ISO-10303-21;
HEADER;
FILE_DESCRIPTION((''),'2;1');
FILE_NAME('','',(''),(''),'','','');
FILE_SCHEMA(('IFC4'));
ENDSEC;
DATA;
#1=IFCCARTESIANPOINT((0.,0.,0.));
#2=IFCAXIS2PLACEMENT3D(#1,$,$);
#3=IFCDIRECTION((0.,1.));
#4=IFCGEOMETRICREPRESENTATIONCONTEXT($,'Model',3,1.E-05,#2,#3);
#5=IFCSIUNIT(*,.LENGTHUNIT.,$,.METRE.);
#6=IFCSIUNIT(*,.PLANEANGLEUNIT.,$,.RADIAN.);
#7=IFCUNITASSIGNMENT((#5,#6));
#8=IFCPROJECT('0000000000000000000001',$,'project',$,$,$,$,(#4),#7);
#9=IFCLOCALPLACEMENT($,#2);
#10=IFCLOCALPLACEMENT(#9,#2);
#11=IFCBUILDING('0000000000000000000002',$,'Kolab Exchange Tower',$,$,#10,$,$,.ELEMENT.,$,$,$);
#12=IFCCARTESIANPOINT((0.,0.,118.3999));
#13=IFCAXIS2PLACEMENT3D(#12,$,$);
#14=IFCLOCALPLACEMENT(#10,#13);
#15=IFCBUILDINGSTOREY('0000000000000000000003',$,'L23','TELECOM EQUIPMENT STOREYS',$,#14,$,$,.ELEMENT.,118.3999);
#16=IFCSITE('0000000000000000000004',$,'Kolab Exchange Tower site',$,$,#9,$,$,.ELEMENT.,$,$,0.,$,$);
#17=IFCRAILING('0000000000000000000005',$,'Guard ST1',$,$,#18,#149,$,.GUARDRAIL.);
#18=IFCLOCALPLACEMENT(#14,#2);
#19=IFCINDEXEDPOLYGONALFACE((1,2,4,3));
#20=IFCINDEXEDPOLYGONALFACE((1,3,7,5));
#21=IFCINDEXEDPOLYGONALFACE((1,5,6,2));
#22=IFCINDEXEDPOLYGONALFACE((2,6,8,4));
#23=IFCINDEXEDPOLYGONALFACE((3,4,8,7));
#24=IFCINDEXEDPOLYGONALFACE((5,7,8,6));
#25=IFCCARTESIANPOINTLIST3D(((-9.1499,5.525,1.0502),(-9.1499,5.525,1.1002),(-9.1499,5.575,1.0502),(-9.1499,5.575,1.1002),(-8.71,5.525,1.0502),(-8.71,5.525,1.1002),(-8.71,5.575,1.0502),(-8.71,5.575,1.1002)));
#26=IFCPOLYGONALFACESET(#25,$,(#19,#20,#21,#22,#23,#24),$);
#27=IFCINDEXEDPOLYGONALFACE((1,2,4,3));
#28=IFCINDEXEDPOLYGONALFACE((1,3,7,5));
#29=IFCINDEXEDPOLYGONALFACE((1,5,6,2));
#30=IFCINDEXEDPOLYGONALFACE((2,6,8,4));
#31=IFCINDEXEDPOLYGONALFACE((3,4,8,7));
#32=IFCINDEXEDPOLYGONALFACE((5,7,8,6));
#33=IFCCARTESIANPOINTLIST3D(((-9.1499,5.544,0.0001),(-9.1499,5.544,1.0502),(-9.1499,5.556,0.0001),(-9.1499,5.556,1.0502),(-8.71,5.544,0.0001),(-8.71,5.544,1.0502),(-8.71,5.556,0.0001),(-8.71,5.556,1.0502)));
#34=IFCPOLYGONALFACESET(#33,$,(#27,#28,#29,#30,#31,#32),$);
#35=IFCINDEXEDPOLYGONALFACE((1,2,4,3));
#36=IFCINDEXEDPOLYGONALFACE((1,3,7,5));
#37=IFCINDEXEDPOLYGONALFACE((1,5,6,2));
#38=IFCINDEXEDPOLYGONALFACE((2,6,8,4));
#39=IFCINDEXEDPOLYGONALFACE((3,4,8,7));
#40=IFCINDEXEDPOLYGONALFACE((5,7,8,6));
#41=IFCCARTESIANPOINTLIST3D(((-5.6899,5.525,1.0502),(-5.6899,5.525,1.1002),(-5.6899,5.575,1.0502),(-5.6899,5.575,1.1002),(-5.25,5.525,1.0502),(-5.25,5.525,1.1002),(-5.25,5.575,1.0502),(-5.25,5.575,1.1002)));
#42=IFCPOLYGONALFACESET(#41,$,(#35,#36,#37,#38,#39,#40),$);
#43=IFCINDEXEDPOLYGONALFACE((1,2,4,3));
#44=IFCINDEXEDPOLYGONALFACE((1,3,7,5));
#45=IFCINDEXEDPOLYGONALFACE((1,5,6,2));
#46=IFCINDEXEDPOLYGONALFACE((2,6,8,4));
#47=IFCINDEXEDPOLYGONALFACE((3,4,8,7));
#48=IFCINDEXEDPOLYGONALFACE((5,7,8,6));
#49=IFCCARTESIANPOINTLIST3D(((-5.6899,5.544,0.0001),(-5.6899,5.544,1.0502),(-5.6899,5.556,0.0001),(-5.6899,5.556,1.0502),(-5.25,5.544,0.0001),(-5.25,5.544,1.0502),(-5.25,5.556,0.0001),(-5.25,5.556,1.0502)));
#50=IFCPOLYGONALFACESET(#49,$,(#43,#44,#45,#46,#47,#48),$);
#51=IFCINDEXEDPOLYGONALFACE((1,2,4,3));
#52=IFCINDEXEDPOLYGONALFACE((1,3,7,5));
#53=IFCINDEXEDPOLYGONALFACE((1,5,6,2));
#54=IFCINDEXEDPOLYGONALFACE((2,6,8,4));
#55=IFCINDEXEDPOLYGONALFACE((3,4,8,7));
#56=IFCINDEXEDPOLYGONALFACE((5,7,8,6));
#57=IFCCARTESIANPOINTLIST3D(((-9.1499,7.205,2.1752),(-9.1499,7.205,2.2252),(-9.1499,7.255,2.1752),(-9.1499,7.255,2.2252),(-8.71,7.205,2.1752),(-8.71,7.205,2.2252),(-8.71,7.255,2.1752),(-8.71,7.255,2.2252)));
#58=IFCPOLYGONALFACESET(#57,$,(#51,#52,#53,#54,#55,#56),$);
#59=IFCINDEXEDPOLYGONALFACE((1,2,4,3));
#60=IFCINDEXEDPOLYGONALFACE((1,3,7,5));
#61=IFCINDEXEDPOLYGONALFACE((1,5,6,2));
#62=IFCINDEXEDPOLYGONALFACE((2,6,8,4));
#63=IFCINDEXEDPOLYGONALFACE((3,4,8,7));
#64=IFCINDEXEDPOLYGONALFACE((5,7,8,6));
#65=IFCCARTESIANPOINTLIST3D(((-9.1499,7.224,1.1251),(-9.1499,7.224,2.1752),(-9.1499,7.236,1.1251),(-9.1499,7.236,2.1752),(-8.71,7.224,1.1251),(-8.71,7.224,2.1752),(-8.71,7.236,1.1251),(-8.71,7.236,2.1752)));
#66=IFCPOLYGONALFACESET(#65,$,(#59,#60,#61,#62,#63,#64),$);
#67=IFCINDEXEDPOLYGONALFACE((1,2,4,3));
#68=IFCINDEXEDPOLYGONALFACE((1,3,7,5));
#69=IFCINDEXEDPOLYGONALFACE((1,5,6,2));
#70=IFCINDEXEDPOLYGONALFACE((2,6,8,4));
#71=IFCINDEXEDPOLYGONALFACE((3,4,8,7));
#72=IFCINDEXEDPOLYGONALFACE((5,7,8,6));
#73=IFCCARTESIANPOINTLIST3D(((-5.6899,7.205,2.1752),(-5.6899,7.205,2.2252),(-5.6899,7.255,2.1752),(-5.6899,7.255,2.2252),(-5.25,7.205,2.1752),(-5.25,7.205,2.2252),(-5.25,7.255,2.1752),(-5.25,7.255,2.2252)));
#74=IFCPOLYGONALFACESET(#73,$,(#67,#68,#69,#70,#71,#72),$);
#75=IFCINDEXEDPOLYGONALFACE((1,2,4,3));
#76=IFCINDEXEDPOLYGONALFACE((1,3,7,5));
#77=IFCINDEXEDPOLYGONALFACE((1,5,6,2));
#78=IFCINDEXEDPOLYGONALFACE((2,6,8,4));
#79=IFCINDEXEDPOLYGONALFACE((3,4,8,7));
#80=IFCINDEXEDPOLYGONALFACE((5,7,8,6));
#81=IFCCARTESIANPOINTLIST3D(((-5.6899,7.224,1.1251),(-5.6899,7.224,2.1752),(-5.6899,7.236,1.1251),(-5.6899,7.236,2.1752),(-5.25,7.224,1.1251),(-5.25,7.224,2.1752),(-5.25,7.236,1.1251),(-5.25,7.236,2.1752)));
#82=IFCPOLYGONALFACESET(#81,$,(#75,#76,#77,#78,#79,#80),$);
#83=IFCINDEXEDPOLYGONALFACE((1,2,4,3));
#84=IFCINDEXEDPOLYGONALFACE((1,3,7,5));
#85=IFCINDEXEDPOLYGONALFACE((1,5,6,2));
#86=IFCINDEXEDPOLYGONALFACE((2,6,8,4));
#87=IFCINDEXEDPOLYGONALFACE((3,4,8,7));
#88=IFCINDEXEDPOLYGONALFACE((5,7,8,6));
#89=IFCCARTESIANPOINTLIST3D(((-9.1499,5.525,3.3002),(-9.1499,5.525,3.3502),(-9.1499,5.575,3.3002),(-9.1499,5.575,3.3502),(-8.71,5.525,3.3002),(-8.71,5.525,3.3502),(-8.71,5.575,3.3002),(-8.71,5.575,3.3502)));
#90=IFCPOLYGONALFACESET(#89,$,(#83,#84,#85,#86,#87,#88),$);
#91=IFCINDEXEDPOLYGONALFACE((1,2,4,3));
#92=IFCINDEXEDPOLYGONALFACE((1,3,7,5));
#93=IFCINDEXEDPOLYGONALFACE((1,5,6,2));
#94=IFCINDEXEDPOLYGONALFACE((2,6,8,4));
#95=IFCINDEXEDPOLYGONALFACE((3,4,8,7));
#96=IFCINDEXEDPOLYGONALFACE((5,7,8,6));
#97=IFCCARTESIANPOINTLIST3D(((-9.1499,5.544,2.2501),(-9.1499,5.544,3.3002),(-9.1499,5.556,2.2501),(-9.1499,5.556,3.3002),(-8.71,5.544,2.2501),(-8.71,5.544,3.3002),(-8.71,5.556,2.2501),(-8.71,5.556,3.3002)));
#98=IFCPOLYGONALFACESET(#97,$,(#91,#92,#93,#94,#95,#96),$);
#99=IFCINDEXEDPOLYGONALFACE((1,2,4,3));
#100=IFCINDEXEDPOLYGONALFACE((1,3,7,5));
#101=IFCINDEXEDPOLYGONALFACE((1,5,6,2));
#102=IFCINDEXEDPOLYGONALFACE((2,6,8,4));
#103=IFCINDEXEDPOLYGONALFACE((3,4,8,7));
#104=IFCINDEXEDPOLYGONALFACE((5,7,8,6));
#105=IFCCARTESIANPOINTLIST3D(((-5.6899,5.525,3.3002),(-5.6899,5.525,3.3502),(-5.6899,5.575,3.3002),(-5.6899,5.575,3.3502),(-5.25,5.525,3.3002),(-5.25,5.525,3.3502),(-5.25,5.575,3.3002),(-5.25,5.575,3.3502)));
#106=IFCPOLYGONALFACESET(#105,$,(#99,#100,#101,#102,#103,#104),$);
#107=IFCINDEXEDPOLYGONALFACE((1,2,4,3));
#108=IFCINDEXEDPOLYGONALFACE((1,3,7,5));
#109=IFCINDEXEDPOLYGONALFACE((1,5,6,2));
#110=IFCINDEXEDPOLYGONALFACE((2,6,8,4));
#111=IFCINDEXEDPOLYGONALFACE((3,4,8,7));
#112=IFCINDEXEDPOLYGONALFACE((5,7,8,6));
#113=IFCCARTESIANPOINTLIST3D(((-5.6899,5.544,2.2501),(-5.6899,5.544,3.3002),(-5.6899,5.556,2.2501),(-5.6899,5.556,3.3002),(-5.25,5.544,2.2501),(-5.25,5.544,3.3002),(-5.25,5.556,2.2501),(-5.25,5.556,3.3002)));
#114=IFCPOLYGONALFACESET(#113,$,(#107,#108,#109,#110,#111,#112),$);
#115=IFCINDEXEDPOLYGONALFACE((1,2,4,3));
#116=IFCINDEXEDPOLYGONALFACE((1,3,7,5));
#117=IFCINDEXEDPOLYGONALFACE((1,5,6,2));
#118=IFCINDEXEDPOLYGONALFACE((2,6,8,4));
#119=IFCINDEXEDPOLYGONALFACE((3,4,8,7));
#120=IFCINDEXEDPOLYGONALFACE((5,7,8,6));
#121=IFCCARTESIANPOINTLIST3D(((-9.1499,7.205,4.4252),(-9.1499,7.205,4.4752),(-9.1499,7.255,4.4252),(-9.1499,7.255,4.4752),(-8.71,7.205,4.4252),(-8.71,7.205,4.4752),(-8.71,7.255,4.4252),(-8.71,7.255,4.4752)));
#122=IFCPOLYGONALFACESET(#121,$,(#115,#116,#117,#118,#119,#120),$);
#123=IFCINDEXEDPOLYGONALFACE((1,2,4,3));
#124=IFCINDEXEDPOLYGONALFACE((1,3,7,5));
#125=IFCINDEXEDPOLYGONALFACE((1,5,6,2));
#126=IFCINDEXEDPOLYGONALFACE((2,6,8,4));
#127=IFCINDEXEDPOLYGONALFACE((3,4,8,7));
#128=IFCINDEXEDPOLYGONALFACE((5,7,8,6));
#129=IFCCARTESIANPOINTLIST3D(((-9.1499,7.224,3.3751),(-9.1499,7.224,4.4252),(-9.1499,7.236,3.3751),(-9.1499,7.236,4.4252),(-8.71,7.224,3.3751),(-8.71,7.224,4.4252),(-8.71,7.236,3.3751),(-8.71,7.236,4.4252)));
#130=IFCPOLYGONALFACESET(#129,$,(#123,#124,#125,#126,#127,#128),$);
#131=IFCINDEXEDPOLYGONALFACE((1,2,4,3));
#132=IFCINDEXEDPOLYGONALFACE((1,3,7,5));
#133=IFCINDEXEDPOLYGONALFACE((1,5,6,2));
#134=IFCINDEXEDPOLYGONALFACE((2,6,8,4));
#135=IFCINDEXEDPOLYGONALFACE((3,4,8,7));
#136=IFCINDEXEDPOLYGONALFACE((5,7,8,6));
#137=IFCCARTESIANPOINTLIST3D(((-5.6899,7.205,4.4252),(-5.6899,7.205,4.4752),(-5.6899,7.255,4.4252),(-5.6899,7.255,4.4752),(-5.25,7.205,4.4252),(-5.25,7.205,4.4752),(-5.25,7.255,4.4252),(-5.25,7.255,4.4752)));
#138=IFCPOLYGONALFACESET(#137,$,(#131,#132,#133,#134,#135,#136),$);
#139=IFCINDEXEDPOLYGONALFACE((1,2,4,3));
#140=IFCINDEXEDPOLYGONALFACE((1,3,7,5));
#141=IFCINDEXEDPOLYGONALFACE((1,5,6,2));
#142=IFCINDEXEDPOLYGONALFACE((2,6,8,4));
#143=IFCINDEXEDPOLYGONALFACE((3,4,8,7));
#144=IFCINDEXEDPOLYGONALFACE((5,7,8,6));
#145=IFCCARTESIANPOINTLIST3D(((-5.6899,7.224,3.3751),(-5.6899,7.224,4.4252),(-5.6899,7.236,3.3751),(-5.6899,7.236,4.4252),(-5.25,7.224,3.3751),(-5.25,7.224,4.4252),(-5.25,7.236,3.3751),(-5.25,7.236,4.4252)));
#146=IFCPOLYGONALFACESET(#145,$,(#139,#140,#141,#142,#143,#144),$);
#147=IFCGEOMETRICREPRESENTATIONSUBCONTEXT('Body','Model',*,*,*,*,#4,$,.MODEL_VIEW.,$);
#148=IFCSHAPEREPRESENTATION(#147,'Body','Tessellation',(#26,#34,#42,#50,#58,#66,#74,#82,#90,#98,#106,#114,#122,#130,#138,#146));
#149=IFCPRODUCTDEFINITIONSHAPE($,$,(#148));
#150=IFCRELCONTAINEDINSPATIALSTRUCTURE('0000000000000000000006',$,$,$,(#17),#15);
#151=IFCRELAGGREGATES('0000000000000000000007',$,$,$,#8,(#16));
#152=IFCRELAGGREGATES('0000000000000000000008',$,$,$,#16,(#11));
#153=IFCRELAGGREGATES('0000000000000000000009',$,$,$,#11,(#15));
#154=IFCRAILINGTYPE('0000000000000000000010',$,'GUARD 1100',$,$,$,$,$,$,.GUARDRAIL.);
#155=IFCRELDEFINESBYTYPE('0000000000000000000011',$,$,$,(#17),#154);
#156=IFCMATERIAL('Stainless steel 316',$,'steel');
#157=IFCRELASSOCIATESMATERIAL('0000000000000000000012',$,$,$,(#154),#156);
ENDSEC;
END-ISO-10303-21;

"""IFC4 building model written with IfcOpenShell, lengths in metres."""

from ifc_helpers import new_model, si_unit, direction, frame, frame_2d, origin, origin_2d, place, context, subcontext, project, spatial, rectangle, extrude, material, type_object, element, save


model = new_model("IFC4")

# Units and contexts
model_context = context("Model", 3, precision=1e-05, world=origin(), true_north=direction((0.0, 1.0)))
body_context = subcontext(model_context, "Body", "Model", "MODEL_VIEW")
ifc_project = project(units=[si_unit("LENGTHUNIT", "METRE"), si_unit("PLANEANGLEUNIT", "RADIAN")], contexts=[model_context])

# Site, building, storey
site_placement = place(None, origin())
site = spatial("IfcSite", under=ifc_project, at=site_placement, Name="Kolab Exchange Tower site", CompositionType="ELEMENT", RefElevation=0.0)
building_placement = place(site_placement, origin())
building = spatial("IfcBuilding", under=site, at=building_placement, Name="Kolab Exchange Tower", CompositionType="ELEMENT")
storey_placement = place(building_placement, frame((0.0, 0.0, 118.3999)))
storey = spatial("IfcBuildingStorey", under=building, at=storey_placement, Name="L23", Description="TELECOM EQUIPMENT STOREYS", CompositionType="ELEMENT", Elevation=118.3999)

# Railing
ifc_material_1 = material(Name="Stainless steel 316", Category="steel")
railing_type = type_object("IfcRailingType", Name="GUARD 1100", PredefinedType="GUARDRAIL", material=ifc_material_1)
railing_placement = place(storey_placement, frame((-9.1499, 5.55, 0.0)))
element("IfcRailing", 1, at=railing_placement, inside=storey, type_object=railing_type, Name="Guard ST1", PredefinedType="GUARDRAIL", context=body_context, shape_type="SweptSolid", body=[
    extrude(rectangle(XDim=0.05, YDim=0.05, at=origin_2d()), frame((0.0, 0.0, 1.0752), z_axis=(1.0, 0.0, 0.0), x_axis=(0.0, 1.0, 0.0)), (0.0, 0.0, 1.0), 0.4399),
    extrude(rectangle(XDim=0.012, YDim=1.0501, at=frame_2d((0.0, 0.5251))), frame((0.0, 0.0, 0.0), z_axis=(1.0, 0.0, 0.0), x_axis=(0.0, 1.0, 0.0)), (0.0, 0.0, 1.0), 0.4399),
    extrude(rectangle(XDim=0.05, YDim=0.05, at=origin_2d()), frame((3.46, 0.0, 1.0752), z_axis=(1.0, 0.0, 0.0), x_axis=(0.0, 1.0, 0.0)), (0.0, 0.0, 1.0), 0.4399),
    extrude(rectangle(XDim=0.012, YDim=1.0501, at=frame_2d((0.0, 0.5251))), frame((3.46, 0.0, 0.0), z_axis=(1.0, 0.0, 0.0), x_axis=(0.0, 1.0, 0.0)), (0.0, 0.0, 1.0), 0.4399),
    extrude(rectangle(XDim=0.05, YDim=0.05, at=origin_2d()), frame((0.0, 1.6799, 2.2002), z_axis=(1.0, 0.0, 0.0), x_axis=(0.0, 1.0, 0.0)), (0.0, 0.0, 1.0), 0.4399),
    extrude(rectangle(XDim=0.012, YDim=1.0501, at=frame_2d((0.0, 0.5251))), frame((0.0, 1.6799, 1.125), z_axis=(1.0, 0.0, 0.0), x_axis=(0.0, 1.0, 0.0)), (0.0, 0.0, 1.0), 0.4399),
    extrude(rectangle(XDim=0.05, YDim=0.05, at=origin_2d()), frame((3.46, 1.6799, 2.2002), z_axis=(1.0, 0.0, 0.0), x_axis=(0.0, 1.0, 0.0)), (0.0, 0.0, 1.0), 0.4399),
    extrude(rectangle(XDim=0.012, YDim=1.0501, at=frame_2d((0.0, 0.5251))), frame((3.46, 1.6799, 1.125), z_axis=(1.0, 0.0, 0.0), x_axis=(0.0, 1.0, 0.0)), (0.0, 0.0, 1.0), 0.4399),
    extrude(rectangle(XDim=0.05, YDim=0.05, at=origin_2d()), frame((0.0, 0.0, 3.3252), z_axis=(1.0, 0.0, 0.0), x_axis=(0.0, 1.0, 0.0)), (0.0, 0.0, 1.0), 0.4399),
    extrude(rectangle(XDim=0.012, YDim=1.0501, at=frame_2d((0.0, 0.5251))), frame((0.0, 0.0, 2.25), z_axis=(1.0, 0.0, 0.0), x_axis=(0.0, 1.0, 0.0)), (0.0, 0.0, 1.0), 0.4399),
    extrude(rectangle(XDim=0.05, YDim=0.05, at=origin_2d()), frame((3.46, 0.0, 3.3252), z_axis=(1.0, 0.0, 0.0), x_axis=(0.0, 1.0, 0.0)), (0.0, 0.0, 1.0), 0.4399),
    extrude(rectangle(XDim=0.012, YDim=1.0501, at=frame_2d((0.0, 0.5251))), frame((3.46, 0.0, 2.25), z_axis=(1.0, 0.0, 0.0), x_axis=(0.0, 1.0, 0.0)), (0.0, 0.0, 1.0), 0.4399),
    extrude(rectangle(XDim=0.05, YDim=0.05, at=origin_2d()), frame((0.0, 1.6799, 4.4502), z_axis=(1.0, 0.0, 0.0), x_axis=(0.0, 1.0, 0.0)), (0.0, 0.0, 1.0), 0.4399),
    extrude(rectangle(XDim=0.012, YDim=1.0501, at=frame_2d((0.0, 0.5251))), frame((0.0, 1.6799, 3.375), z_axis=(1.0, 0.0, 0.0), x_axis=(0.0, 1.0, 0.0)), (0.0, 0.0, 1.0), 0.4399),
    extrude(rectangle(XDim=0.05, YDim=0.05, at=origin_2d()), frame((3.46, 1.6799, 4.4502), z_axis=(1.0, 0.0, 0.0), x_axis=(0.0, 1.0, 0.0)), (0.0, 0.0, 1.0), 0.4399),
    extrude(rectangle(XDim=0.012, YDim=1.0501, at=frame_2d((0.0, 0.5251))), frame((3.46, 1.6799, 3.375), z_axis=(1.0, 0.0, 0.0), x_axis=(0.0, 1.0, 0.0)), (0.0, 0.0, 1.0), 0.4399),
])

save(model, "model.ifc")
